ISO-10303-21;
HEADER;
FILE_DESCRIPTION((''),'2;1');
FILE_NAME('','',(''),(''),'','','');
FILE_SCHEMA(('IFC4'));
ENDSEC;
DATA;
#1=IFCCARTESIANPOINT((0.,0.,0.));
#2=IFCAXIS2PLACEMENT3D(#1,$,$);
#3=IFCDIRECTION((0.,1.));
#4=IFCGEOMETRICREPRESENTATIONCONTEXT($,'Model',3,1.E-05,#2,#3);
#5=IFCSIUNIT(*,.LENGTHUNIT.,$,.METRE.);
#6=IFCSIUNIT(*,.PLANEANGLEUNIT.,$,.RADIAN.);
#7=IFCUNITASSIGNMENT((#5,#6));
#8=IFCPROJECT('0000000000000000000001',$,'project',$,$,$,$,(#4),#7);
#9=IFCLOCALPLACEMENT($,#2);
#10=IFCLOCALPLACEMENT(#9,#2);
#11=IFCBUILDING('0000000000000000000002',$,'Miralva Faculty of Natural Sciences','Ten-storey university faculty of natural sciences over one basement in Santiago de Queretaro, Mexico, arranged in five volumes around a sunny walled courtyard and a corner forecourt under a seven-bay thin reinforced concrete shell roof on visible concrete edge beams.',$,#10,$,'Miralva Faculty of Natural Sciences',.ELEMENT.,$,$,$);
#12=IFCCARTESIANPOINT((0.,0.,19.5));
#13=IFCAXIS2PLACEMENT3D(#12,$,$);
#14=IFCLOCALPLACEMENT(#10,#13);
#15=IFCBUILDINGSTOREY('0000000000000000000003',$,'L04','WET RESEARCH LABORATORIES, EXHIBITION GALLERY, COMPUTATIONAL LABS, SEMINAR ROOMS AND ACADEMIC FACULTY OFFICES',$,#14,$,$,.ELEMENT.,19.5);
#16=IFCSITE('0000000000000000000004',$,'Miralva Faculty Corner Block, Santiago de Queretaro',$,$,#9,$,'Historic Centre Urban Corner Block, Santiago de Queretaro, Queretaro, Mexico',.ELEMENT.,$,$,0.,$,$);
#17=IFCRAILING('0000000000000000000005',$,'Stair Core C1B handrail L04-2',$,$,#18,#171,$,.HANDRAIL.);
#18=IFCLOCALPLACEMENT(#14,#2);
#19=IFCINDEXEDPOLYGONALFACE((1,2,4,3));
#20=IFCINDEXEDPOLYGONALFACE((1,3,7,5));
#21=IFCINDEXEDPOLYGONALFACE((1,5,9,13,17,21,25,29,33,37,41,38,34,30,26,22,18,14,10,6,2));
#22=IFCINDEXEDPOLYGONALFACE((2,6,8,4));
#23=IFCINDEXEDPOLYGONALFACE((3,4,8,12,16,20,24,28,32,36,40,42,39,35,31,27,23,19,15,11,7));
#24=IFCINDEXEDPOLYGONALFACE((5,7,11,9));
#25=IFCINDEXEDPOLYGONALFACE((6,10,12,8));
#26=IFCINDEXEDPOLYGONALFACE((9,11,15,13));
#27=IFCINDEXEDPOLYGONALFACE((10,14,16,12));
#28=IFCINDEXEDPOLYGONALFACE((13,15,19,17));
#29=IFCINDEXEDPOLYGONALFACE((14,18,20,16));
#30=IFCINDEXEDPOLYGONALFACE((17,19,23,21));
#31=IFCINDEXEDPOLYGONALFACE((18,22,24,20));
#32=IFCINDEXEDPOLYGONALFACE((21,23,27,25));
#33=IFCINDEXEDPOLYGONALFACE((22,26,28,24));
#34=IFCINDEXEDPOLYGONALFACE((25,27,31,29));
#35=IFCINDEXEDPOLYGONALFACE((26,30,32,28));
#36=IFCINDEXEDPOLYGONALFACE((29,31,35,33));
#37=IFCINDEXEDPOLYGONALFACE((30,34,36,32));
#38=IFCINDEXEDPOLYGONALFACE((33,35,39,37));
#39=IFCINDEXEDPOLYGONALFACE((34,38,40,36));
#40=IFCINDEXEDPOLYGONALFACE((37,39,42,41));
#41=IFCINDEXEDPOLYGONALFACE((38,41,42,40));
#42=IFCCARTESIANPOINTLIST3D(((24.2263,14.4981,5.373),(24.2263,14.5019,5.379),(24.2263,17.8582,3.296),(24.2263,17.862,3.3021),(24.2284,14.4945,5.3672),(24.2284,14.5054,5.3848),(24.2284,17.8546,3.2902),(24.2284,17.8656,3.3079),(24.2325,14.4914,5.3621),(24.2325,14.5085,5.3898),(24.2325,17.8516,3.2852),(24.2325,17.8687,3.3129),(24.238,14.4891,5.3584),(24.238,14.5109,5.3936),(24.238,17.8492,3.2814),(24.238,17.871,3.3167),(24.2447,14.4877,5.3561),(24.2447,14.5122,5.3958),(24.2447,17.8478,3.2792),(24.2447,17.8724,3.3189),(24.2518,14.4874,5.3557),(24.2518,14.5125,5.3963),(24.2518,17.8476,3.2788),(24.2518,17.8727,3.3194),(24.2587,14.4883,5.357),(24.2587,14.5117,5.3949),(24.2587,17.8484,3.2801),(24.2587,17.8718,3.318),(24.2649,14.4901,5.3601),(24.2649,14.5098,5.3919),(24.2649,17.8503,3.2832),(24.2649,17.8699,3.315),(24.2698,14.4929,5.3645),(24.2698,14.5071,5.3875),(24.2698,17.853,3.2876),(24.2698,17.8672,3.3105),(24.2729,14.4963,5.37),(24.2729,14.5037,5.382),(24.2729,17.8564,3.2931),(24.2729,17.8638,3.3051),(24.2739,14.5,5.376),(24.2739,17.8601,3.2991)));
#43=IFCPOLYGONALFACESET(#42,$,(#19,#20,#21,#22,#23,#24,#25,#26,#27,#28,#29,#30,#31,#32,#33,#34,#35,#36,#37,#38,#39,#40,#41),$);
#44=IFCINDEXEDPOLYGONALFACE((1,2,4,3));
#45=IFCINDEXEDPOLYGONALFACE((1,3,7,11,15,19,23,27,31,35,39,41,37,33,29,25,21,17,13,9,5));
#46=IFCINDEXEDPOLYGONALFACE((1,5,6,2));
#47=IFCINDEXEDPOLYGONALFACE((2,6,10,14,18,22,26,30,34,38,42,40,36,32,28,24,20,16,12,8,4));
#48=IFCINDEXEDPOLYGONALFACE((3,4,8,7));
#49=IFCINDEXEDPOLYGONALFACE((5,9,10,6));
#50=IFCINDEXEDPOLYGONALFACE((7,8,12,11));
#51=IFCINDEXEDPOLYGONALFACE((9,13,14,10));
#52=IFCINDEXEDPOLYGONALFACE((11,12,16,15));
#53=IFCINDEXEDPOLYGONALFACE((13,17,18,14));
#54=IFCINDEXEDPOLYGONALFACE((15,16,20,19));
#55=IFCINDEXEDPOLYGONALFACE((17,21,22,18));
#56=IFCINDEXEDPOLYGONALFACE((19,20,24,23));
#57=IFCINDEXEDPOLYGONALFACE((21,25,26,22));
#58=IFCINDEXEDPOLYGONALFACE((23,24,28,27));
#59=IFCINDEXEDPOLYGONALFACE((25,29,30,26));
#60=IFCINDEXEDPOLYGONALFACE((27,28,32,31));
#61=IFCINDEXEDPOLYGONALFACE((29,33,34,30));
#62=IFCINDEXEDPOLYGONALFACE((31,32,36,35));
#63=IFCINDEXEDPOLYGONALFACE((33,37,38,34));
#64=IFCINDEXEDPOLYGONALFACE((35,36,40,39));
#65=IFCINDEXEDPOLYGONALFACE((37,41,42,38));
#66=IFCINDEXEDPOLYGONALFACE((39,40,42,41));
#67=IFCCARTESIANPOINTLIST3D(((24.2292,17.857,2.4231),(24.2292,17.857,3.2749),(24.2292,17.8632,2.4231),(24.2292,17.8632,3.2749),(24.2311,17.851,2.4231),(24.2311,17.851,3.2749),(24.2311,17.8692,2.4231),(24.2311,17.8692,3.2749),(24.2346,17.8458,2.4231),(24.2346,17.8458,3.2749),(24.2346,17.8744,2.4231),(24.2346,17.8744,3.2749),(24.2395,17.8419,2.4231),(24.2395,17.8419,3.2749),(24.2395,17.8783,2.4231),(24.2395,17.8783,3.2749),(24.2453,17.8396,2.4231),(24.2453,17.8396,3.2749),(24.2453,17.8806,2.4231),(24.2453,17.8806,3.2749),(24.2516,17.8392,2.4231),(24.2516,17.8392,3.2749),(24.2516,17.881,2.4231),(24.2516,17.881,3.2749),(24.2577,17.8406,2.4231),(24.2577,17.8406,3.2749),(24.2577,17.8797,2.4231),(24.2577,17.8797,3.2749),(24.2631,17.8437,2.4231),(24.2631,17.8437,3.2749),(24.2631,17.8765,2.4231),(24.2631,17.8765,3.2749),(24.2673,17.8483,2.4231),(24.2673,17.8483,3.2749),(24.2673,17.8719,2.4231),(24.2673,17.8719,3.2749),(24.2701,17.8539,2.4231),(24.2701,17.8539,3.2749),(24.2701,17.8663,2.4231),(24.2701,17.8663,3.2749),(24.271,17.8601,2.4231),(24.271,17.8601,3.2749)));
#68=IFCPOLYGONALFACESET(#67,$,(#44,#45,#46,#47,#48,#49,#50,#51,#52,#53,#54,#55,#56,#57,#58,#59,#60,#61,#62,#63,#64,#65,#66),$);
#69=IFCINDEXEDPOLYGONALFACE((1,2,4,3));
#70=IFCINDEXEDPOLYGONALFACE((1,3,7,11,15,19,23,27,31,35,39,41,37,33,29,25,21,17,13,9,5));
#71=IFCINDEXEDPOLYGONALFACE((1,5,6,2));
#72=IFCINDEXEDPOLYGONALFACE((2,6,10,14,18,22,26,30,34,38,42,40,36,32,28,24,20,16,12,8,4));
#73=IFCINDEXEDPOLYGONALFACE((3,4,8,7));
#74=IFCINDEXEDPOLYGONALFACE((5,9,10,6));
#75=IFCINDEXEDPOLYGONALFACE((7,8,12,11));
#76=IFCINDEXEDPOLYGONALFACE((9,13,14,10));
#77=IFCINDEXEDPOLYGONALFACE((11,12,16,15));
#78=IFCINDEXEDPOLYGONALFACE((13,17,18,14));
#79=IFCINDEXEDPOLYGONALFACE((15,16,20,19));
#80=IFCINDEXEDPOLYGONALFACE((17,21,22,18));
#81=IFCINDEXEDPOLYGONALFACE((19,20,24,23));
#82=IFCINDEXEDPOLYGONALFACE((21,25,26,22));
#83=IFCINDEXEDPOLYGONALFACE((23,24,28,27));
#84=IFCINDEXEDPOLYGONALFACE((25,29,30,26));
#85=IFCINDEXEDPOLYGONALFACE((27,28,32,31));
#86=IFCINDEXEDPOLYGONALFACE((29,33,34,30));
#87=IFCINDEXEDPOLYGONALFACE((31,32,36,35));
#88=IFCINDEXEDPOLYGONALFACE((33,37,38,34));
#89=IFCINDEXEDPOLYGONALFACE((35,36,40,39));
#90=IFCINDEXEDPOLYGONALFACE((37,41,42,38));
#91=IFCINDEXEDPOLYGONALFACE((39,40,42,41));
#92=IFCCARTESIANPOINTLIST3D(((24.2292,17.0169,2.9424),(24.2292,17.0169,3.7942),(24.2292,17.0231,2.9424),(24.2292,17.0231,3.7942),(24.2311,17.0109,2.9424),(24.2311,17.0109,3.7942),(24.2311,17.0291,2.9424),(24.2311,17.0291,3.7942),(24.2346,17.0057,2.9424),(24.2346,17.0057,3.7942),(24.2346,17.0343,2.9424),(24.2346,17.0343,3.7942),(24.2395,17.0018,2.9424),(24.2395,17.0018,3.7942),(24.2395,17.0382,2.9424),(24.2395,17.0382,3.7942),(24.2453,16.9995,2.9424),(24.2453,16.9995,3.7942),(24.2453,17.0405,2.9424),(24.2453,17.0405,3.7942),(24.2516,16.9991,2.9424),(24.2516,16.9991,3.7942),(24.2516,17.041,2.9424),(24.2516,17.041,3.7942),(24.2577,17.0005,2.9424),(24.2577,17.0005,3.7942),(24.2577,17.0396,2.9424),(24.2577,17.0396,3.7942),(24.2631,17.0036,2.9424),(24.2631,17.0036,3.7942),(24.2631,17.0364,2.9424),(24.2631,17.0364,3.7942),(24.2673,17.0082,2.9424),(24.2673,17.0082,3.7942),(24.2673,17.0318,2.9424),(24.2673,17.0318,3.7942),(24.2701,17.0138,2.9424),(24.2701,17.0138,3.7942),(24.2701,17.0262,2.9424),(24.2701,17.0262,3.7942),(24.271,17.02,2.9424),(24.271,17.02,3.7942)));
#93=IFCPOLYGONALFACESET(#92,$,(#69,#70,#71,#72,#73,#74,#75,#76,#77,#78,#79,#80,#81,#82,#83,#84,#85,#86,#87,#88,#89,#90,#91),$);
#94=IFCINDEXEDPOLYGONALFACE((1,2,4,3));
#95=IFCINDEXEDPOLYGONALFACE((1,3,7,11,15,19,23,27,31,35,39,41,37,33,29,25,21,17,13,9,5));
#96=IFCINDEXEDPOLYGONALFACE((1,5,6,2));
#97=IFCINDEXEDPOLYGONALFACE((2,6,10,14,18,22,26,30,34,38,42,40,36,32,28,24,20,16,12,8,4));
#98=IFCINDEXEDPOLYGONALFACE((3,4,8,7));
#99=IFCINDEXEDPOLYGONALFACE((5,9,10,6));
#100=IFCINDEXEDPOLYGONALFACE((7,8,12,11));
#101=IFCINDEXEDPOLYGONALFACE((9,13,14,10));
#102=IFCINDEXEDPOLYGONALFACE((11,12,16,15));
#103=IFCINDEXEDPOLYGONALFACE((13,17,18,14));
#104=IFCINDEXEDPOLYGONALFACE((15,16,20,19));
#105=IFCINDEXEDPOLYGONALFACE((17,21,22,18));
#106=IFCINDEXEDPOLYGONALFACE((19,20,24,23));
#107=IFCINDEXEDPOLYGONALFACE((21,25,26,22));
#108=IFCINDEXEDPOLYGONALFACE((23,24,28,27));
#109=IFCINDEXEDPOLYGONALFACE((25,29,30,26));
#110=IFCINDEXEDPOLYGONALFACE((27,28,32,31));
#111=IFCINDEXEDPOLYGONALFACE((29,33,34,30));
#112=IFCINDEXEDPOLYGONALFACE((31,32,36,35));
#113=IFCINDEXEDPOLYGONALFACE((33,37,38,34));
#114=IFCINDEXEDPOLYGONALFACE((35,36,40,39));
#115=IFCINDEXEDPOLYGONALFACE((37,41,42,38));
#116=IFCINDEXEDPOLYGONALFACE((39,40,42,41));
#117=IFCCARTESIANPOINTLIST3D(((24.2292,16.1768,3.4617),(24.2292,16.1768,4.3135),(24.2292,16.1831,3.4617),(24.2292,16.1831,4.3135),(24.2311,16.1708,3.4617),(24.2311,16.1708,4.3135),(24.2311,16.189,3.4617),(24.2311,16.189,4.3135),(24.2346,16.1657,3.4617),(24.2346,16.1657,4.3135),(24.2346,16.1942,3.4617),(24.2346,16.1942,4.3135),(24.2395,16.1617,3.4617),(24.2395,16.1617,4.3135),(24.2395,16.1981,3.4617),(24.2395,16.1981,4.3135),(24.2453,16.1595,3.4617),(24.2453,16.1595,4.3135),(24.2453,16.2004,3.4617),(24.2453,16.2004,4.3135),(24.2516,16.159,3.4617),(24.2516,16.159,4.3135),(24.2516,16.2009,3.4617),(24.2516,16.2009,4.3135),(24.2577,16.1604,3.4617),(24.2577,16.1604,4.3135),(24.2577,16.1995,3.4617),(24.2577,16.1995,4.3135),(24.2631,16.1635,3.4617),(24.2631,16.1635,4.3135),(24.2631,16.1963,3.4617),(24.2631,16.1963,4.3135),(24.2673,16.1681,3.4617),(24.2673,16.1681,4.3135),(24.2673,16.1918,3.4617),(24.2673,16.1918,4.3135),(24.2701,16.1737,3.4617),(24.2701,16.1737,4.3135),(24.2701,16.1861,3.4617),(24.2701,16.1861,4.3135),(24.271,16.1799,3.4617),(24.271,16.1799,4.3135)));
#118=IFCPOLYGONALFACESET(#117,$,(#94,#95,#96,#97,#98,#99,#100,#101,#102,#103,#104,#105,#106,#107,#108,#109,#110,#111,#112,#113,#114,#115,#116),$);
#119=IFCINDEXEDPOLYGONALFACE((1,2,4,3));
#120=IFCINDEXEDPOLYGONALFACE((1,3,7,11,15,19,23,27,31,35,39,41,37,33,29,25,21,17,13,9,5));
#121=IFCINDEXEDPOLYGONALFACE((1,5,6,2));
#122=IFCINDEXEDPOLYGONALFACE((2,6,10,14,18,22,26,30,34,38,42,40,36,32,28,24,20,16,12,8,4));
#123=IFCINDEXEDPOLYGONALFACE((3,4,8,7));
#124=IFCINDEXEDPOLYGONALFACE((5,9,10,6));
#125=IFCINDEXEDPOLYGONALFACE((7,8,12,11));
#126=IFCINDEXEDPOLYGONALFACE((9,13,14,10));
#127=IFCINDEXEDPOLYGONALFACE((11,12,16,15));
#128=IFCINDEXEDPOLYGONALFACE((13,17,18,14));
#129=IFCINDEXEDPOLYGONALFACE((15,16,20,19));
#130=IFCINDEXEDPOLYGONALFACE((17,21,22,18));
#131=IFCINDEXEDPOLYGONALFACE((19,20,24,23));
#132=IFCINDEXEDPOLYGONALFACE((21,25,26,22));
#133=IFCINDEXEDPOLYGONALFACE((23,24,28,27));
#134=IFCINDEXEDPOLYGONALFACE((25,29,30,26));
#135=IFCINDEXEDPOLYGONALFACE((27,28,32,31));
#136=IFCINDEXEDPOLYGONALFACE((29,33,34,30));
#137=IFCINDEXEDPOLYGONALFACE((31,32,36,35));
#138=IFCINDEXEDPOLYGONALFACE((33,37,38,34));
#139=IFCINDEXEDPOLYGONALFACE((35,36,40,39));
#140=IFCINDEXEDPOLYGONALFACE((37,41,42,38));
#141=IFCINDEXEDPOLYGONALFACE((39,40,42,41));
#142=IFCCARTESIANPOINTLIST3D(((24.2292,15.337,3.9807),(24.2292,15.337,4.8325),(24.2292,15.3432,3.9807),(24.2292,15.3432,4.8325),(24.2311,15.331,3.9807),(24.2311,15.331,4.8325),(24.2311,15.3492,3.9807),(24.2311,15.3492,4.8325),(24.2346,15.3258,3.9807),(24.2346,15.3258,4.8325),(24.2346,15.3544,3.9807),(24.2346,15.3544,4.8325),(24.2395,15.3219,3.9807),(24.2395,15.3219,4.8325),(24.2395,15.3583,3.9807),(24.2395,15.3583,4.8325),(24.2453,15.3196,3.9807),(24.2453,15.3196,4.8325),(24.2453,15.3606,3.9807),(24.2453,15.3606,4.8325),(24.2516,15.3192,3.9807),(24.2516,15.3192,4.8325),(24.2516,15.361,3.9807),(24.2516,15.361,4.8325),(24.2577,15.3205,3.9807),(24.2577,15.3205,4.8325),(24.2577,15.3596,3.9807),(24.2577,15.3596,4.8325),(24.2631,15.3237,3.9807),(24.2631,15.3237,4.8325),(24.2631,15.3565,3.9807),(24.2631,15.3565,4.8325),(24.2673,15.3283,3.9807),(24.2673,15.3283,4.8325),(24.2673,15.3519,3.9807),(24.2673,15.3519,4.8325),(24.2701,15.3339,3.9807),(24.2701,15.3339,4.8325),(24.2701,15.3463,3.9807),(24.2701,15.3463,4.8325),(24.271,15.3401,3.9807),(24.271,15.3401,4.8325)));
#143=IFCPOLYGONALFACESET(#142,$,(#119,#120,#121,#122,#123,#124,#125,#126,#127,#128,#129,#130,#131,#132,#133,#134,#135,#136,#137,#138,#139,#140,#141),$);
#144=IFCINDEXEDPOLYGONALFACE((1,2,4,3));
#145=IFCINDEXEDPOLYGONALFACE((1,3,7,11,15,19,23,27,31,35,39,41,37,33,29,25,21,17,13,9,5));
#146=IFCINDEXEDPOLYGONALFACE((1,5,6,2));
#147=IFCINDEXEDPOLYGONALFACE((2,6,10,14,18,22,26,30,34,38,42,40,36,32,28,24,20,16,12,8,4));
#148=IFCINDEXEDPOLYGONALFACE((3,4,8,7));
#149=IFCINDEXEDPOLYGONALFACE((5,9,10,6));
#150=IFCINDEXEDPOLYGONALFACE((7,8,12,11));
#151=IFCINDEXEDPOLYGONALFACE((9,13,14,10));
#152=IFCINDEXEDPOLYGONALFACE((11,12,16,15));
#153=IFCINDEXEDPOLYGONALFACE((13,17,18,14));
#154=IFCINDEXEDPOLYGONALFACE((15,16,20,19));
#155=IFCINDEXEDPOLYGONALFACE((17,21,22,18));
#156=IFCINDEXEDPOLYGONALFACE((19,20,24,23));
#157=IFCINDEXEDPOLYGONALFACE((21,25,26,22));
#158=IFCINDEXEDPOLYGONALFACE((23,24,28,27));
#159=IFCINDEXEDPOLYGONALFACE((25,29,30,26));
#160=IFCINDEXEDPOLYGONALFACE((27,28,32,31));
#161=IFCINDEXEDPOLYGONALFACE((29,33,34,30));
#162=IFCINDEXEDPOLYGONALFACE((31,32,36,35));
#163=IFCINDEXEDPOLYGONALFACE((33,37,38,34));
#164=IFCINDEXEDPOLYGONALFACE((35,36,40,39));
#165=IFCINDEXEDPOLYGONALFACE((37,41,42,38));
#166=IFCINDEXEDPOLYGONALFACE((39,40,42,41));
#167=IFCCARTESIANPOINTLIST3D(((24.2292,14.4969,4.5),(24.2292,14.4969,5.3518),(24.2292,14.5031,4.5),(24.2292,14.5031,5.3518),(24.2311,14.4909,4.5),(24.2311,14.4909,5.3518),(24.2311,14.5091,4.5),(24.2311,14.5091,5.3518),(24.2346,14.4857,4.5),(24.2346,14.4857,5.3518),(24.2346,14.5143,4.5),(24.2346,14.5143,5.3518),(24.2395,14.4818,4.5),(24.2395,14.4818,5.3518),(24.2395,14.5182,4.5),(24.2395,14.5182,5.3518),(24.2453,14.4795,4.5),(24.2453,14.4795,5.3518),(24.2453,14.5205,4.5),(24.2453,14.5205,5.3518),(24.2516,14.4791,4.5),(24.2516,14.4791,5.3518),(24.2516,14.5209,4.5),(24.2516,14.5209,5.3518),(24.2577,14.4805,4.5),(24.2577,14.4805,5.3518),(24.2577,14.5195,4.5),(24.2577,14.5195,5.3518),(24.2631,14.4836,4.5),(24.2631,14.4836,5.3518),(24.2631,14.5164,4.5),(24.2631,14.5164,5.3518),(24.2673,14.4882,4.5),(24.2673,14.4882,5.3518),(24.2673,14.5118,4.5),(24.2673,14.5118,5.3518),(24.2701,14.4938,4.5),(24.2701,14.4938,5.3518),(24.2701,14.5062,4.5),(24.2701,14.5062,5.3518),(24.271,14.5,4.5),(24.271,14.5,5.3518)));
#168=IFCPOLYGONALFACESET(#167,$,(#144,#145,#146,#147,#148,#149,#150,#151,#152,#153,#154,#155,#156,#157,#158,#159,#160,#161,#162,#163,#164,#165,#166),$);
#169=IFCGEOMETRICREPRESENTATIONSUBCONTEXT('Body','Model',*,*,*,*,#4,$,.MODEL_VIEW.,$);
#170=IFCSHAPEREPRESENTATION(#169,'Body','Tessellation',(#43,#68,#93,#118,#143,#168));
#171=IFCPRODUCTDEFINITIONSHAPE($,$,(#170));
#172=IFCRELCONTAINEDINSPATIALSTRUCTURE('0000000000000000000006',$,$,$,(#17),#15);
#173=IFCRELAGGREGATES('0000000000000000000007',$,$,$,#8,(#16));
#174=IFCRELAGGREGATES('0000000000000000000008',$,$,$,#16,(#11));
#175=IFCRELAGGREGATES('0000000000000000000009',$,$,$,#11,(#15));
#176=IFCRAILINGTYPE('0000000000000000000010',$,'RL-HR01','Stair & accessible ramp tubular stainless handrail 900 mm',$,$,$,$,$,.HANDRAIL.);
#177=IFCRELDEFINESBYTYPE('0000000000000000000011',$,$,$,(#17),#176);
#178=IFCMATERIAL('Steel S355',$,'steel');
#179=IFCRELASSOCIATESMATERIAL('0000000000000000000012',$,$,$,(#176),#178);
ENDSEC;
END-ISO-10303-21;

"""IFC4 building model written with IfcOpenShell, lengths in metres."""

from ifc_helpers import new_model, si_unit, direction, frame, origin, origin_2d, place, context, subcontext, project, spatial, circle, extrude, material, type_object, element, save


model = new_model("IFC4")

# Units and contexts
model_context = context("Model", 3, precision=1e-05, world=origin(), true_north=direction((0.0, 1.0)))
body_context = subcontext(model_context, "Body", "Model", "MODEL_VIEW")
ifc_project = project(units=[si_unit("LENGTHUNIT", "METRE"), si_unit("PLANEANGLEUNIT", "RADIAN")], contexts=[model_context])

# Site, building, storey
site_placement = place(None, origin())
site = spatial("IfcSite", under=ifc_project, at=site_placement, Name="Miralva Faculty Corner Block, Santiago de Queretaro", LongName="Historic Centre Urban Corner Block, Santiago de Queretaro, Queretaro, Mexico", CompositionType="ELEMENT", RefElevation=0.0)
building_placement = place(site_placement, origin())
building = spatial("IfcBuilding", under=site, at=building_placement, Name="Miralva Faculty of Natural Sciences", Description="Ten-storey university faculty of natural sciences over one basement in Santiago de Queretaro, Mexico, arranged in five volumes around a sunny walled courtyard and a corner forecourt under a seven-bay thin reinforced concrete shell roof on visible concrete edge beams.", LongName="Miralva Faculty of Natural Sciences", CompositionType="ELEMENT")
storey_placement = place(building_placement, frame((0.0, 0.0, 19.5)))
storey = spatial("IfcBuildingStorey", under=building, at=storey_placement, Name="L04", Description="WET RESEARCH LABORATORIES, EXHIBITION GALLERY, COMPUTATIONAL LABS, SEMINAR ROOMS AND ACADEMIC FACULTY OFFICES", CompositionType="ELEMENT", Elevation=19.5)

# Railing
ifc_material_1 = material(Name="Steel S355", Category="steel")
railing_type_1 = type_object("IfcRailingType", Name="RL-HR01", Description="Stair & accessible ramp tubular stainless handrail 900 mm", PredefinedType="HANDRAIL", material=ifc_material_1)
railing_1_placement = place(storey_placement, frame((24.25, 17.8601, 2.4231)))
element("IfcRailing", 1, at=railing_1_placement, inside=storey, type_object=railing_type_1, Name="Stair Core C1B handrail L04-2", PredefinedType="HANDRAIL", context=body_context, shape_type="SweptSolid", body=[
    extrude(circle(Radius=0.0239, at=origin_2d()), frame((0.0, 0.0, 0.876), z_axis=(0.0, -0.850623, 0.525776), x_axis=(1.0, 0.0, 0.0)), (0.0, 0.0, 1.0), 3.9502),
    extrude(circle(Radius=0.021, at=origin_2d()), origin(), (0.0, 0.0, 1.0), 0.8518),
    extrude(circle(Radius=0.021, at=origin_2d()), frame((0.0, -0.8401, 0.5193)), (0.0, 0.0, 1.0), 0.8518),
    extrude(circle(Radius=0.021, at=origin_2d()), frame((0.0, -1.6802, 1.0386)), (0.0, 0.0, 1.0), 0.8518),
    extrude(circle(Radius=0.021, at=origin_2d()), frame((0.0, -2.52, 1.5576)), (0.0, 0.0, 1.0), 0.8518),
    extrude(circle(Radius=0.021, at=origin_2d()), frame((0.0, -3.3601, 2.0769)), (0.0, 0.0, 1.0), 0.8518),
])

save(model, "model.ifc")
